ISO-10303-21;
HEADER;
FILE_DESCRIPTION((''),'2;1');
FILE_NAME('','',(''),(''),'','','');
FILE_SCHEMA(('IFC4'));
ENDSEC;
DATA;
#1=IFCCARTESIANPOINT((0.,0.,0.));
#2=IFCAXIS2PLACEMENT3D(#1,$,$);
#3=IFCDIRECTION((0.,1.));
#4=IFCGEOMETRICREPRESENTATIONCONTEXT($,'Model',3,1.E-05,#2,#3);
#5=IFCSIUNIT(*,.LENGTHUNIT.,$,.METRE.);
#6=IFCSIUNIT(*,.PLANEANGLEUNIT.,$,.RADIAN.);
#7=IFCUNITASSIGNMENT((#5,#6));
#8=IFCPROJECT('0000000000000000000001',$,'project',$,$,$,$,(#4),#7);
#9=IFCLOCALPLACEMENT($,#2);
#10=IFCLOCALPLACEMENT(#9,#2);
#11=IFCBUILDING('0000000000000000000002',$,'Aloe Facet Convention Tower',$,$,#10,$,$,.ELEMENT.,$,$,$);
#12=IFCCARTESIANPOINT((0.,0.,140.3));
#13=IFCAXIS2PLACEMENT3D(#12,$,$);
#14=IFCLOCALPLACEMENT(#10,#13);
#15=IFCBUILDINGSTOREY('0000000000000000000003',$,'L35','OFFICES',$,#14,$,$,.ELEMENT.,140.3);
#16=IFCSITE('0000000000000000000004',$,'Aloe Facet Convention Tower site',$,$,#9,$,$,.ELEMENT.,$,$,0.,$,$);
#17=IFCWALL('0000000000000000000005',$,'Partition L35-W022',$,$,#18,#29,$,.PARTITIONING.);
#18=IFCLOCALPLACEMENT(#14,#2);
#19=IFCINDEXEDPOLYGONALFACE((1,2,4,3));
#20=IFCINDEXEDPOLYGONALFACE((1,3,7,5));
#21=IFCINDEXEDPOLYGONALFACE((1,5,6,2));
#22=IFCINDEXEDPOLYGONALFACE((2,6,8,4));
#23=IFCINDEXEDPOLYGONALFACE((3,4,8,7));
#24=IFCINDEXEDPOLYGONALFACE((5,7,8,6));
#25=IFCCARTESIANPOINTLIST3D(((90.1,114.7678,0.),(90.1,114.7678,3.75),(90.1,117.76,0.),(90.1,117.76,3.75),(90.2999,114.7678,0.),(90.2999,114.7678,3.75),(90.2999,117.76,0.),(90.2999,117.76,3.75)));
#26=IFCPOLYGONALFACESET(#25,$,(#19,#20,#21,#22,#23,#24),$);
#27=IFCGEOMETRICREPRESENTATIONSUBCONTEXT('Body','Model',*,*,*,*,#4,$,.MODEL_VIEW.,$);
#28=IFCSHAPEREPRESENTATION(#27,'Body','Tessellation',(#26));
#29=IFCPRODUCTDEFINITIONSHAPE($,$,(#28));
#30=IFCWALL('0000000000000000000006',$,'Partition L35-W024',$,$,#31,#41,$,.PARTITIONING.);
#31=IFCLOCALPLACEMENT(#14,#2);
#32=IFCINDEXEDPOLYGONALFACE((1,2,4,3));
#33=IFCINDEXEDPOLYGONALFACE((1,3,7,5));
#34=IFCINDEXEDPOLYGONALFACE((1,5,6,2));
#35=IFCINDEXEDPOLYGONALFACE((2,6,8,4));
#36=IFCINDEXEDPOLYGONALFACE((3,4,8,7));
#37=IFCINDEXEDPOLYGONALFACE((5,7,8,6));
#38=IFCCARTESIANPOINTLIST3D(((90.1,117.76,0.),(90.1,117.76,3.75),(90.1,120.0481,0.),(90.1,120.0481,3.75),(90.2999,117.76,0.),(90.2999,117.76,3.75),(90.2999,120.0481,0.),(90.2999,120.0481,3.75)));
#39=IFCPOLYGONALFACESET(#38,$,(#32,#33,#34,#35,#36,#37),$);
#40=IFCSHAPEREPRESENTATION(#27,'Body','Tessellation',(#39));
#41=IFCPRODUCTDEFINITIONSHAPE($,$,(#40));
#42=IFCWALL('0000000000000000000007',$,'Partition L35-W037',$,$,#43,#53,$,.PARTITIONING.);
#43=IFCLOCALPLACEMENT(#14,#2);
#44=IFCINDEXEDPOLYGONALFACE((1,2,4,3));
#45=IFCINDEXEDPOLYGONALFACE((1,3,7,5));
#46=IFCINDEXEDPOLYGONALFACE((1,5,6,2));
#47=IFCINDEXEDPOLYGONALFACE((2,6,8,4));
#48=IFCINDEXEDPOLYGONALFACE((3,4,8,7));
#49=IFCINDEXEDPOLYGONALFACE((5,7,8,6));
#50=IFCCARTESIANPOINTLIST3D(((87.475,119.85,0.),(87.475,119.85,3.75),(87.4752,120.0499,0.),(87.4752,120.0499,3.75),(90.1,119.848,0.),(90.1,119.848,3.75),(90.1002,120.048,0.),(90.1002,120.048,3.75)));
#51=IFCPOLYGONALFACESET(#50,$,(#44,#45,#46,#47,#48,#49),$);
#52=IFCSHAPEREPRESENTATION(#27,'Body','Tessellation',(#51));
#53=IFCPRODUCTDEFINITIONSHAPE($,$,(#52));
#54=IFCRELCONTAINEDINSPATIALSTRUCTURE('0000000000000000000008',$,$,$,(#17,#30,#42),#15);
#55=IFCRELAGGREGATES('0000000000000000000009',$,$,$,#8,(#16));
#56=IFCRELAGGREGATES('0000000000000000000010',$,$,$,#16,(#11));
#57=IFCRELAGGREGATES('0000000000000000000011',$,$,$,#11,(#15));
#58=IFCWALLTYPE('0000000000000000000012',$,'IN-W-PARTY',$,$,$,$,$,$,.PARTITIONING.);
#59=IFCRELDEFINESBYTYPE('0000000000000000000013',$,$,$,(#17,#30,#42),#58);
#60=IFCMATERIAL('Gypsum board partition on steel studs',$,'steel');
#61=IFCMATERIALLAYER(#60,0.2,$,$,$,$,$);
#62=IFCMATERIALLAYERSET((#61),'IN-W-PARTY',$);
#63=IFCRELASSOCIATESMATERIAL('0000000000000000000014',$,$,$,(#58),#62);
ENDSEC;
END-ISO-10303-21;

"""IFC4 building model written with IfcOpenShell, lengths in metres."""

from ifc_helpers import new_model, si_unit, direction, frame, frame_2d, origin, place, context, subcontext, project, spatial, rectangle, extrude, material, layer, layer_set, type_object, element, save


model = new_model("IFC4")

# Units and contexts
model_context = context("Model", 3, precision=1e-05, world=origin(), true_north=direction((0.0, 1.0)))
body_context = subcontext(model_context, "Body", "Model", "MODEL_VIEW")
ifc_project = project(units=[si_unit("LENGTHUNIT", "METRE"), si_unit("PLANEANGLEUNIT", "RADIAN")], contexts=[model_context])

# Site, building, storey
site_placement = place(None, origin())
site = spatial("IfcSite", under=ifc_project, at=site_placement, Name="Aloe Facet Convention Tower site", CompositionType="ELEMENT", RefElevation=0.0)
building_placement = place(site_placement, origin())
building = spatial("IfcBuilding", under=site, at=building_placement, Name="Aloe Facet Convention Tower", CompositionType="ELEMENT")
storey_placement = place(building_placement, frame((0.0, 0.0, 140.3)))
storey = spatial("IfcBuildingStorey", under=building, at=storey_placement, Name="L35", Description="OFFICES", CompositionType="ELEMENT", Elevation=140.3)

# Walls
ifc_material_1 = material(Name="Gypsum board partition on steel studs", Category="steel")
ifc_layer_1 = layer(ifc_material_1, 0.2)
ifc_layer_set_1 = layer_set([ifc_layer_1], Name="IN-W-PARTY")
wall_type_1 = type_object("IfcWallType", Name="IN-W-PARTY", PredefinedType="PARTITIONING", material=ifc_layer_set_1)
wall_1_placement = place(storey_placement, frame((90.2, 114.7678, 0.0), z_axis=(0.0, 0.0, 1.0), x_axis=(0.0, 1.0, 0.0)))
element("IfcWall", 1, at=wall_1_placement, inside=storey, type_object=wall_type_1, Name="Partition L35-W022", PredefinedType="PARTITIONING", context=body_context, shape_type="SweptSolid", body=[
    extrude(rectangle(XDim=2.9922, YDim=0.2, at=frame_2d((1.4961, 0.0))), origin(), (0.0, 0.0, 1.0), 3.75),
])
wall_2_placement = place(storey_placement, frame((90.2, 117.76, 0.0), z_axis=(0.0, 0.0, 1.0), x_axis=(0.0, 1.0, 0.0)))
element("IfcWall", 2, at=wall_2_placement, inside=storey, type_object=wall_type_1, Name="Partition L35-W024", PredefinedType="PARTITIONING", context=body_context, shape_type="SweptSolid", body=[
    extrude(rectangle(XDim=2.2881, YDim=0.2, at=frame_2d((1.144, 0.0))), origin(), (0.0, 0.0, 1.0), 3.75),
])
wall_3_placement = place(storey_placement, frame((87.4751, 119.95, 0.0), z_axis=(0.0, 0.0, 1.0), x_axis=(1.0, -0.000744, 0.0)))
element("IfcWall", 3, at=wall_3_placement, inside=storey, type_object=wall_type_1, Name="Partition L35-W037", PredefinedType="PARTITIONING", context=body_context, shape_type="SweptSolid", body=[
    extrude(rectangle(XDim=2.625, YDim=0.2, at=frame_2d((1.3125, 0.0))), origin(), (0.0, 0.0, 1.0), 3.75),
])

save(model, "model.ifc")
